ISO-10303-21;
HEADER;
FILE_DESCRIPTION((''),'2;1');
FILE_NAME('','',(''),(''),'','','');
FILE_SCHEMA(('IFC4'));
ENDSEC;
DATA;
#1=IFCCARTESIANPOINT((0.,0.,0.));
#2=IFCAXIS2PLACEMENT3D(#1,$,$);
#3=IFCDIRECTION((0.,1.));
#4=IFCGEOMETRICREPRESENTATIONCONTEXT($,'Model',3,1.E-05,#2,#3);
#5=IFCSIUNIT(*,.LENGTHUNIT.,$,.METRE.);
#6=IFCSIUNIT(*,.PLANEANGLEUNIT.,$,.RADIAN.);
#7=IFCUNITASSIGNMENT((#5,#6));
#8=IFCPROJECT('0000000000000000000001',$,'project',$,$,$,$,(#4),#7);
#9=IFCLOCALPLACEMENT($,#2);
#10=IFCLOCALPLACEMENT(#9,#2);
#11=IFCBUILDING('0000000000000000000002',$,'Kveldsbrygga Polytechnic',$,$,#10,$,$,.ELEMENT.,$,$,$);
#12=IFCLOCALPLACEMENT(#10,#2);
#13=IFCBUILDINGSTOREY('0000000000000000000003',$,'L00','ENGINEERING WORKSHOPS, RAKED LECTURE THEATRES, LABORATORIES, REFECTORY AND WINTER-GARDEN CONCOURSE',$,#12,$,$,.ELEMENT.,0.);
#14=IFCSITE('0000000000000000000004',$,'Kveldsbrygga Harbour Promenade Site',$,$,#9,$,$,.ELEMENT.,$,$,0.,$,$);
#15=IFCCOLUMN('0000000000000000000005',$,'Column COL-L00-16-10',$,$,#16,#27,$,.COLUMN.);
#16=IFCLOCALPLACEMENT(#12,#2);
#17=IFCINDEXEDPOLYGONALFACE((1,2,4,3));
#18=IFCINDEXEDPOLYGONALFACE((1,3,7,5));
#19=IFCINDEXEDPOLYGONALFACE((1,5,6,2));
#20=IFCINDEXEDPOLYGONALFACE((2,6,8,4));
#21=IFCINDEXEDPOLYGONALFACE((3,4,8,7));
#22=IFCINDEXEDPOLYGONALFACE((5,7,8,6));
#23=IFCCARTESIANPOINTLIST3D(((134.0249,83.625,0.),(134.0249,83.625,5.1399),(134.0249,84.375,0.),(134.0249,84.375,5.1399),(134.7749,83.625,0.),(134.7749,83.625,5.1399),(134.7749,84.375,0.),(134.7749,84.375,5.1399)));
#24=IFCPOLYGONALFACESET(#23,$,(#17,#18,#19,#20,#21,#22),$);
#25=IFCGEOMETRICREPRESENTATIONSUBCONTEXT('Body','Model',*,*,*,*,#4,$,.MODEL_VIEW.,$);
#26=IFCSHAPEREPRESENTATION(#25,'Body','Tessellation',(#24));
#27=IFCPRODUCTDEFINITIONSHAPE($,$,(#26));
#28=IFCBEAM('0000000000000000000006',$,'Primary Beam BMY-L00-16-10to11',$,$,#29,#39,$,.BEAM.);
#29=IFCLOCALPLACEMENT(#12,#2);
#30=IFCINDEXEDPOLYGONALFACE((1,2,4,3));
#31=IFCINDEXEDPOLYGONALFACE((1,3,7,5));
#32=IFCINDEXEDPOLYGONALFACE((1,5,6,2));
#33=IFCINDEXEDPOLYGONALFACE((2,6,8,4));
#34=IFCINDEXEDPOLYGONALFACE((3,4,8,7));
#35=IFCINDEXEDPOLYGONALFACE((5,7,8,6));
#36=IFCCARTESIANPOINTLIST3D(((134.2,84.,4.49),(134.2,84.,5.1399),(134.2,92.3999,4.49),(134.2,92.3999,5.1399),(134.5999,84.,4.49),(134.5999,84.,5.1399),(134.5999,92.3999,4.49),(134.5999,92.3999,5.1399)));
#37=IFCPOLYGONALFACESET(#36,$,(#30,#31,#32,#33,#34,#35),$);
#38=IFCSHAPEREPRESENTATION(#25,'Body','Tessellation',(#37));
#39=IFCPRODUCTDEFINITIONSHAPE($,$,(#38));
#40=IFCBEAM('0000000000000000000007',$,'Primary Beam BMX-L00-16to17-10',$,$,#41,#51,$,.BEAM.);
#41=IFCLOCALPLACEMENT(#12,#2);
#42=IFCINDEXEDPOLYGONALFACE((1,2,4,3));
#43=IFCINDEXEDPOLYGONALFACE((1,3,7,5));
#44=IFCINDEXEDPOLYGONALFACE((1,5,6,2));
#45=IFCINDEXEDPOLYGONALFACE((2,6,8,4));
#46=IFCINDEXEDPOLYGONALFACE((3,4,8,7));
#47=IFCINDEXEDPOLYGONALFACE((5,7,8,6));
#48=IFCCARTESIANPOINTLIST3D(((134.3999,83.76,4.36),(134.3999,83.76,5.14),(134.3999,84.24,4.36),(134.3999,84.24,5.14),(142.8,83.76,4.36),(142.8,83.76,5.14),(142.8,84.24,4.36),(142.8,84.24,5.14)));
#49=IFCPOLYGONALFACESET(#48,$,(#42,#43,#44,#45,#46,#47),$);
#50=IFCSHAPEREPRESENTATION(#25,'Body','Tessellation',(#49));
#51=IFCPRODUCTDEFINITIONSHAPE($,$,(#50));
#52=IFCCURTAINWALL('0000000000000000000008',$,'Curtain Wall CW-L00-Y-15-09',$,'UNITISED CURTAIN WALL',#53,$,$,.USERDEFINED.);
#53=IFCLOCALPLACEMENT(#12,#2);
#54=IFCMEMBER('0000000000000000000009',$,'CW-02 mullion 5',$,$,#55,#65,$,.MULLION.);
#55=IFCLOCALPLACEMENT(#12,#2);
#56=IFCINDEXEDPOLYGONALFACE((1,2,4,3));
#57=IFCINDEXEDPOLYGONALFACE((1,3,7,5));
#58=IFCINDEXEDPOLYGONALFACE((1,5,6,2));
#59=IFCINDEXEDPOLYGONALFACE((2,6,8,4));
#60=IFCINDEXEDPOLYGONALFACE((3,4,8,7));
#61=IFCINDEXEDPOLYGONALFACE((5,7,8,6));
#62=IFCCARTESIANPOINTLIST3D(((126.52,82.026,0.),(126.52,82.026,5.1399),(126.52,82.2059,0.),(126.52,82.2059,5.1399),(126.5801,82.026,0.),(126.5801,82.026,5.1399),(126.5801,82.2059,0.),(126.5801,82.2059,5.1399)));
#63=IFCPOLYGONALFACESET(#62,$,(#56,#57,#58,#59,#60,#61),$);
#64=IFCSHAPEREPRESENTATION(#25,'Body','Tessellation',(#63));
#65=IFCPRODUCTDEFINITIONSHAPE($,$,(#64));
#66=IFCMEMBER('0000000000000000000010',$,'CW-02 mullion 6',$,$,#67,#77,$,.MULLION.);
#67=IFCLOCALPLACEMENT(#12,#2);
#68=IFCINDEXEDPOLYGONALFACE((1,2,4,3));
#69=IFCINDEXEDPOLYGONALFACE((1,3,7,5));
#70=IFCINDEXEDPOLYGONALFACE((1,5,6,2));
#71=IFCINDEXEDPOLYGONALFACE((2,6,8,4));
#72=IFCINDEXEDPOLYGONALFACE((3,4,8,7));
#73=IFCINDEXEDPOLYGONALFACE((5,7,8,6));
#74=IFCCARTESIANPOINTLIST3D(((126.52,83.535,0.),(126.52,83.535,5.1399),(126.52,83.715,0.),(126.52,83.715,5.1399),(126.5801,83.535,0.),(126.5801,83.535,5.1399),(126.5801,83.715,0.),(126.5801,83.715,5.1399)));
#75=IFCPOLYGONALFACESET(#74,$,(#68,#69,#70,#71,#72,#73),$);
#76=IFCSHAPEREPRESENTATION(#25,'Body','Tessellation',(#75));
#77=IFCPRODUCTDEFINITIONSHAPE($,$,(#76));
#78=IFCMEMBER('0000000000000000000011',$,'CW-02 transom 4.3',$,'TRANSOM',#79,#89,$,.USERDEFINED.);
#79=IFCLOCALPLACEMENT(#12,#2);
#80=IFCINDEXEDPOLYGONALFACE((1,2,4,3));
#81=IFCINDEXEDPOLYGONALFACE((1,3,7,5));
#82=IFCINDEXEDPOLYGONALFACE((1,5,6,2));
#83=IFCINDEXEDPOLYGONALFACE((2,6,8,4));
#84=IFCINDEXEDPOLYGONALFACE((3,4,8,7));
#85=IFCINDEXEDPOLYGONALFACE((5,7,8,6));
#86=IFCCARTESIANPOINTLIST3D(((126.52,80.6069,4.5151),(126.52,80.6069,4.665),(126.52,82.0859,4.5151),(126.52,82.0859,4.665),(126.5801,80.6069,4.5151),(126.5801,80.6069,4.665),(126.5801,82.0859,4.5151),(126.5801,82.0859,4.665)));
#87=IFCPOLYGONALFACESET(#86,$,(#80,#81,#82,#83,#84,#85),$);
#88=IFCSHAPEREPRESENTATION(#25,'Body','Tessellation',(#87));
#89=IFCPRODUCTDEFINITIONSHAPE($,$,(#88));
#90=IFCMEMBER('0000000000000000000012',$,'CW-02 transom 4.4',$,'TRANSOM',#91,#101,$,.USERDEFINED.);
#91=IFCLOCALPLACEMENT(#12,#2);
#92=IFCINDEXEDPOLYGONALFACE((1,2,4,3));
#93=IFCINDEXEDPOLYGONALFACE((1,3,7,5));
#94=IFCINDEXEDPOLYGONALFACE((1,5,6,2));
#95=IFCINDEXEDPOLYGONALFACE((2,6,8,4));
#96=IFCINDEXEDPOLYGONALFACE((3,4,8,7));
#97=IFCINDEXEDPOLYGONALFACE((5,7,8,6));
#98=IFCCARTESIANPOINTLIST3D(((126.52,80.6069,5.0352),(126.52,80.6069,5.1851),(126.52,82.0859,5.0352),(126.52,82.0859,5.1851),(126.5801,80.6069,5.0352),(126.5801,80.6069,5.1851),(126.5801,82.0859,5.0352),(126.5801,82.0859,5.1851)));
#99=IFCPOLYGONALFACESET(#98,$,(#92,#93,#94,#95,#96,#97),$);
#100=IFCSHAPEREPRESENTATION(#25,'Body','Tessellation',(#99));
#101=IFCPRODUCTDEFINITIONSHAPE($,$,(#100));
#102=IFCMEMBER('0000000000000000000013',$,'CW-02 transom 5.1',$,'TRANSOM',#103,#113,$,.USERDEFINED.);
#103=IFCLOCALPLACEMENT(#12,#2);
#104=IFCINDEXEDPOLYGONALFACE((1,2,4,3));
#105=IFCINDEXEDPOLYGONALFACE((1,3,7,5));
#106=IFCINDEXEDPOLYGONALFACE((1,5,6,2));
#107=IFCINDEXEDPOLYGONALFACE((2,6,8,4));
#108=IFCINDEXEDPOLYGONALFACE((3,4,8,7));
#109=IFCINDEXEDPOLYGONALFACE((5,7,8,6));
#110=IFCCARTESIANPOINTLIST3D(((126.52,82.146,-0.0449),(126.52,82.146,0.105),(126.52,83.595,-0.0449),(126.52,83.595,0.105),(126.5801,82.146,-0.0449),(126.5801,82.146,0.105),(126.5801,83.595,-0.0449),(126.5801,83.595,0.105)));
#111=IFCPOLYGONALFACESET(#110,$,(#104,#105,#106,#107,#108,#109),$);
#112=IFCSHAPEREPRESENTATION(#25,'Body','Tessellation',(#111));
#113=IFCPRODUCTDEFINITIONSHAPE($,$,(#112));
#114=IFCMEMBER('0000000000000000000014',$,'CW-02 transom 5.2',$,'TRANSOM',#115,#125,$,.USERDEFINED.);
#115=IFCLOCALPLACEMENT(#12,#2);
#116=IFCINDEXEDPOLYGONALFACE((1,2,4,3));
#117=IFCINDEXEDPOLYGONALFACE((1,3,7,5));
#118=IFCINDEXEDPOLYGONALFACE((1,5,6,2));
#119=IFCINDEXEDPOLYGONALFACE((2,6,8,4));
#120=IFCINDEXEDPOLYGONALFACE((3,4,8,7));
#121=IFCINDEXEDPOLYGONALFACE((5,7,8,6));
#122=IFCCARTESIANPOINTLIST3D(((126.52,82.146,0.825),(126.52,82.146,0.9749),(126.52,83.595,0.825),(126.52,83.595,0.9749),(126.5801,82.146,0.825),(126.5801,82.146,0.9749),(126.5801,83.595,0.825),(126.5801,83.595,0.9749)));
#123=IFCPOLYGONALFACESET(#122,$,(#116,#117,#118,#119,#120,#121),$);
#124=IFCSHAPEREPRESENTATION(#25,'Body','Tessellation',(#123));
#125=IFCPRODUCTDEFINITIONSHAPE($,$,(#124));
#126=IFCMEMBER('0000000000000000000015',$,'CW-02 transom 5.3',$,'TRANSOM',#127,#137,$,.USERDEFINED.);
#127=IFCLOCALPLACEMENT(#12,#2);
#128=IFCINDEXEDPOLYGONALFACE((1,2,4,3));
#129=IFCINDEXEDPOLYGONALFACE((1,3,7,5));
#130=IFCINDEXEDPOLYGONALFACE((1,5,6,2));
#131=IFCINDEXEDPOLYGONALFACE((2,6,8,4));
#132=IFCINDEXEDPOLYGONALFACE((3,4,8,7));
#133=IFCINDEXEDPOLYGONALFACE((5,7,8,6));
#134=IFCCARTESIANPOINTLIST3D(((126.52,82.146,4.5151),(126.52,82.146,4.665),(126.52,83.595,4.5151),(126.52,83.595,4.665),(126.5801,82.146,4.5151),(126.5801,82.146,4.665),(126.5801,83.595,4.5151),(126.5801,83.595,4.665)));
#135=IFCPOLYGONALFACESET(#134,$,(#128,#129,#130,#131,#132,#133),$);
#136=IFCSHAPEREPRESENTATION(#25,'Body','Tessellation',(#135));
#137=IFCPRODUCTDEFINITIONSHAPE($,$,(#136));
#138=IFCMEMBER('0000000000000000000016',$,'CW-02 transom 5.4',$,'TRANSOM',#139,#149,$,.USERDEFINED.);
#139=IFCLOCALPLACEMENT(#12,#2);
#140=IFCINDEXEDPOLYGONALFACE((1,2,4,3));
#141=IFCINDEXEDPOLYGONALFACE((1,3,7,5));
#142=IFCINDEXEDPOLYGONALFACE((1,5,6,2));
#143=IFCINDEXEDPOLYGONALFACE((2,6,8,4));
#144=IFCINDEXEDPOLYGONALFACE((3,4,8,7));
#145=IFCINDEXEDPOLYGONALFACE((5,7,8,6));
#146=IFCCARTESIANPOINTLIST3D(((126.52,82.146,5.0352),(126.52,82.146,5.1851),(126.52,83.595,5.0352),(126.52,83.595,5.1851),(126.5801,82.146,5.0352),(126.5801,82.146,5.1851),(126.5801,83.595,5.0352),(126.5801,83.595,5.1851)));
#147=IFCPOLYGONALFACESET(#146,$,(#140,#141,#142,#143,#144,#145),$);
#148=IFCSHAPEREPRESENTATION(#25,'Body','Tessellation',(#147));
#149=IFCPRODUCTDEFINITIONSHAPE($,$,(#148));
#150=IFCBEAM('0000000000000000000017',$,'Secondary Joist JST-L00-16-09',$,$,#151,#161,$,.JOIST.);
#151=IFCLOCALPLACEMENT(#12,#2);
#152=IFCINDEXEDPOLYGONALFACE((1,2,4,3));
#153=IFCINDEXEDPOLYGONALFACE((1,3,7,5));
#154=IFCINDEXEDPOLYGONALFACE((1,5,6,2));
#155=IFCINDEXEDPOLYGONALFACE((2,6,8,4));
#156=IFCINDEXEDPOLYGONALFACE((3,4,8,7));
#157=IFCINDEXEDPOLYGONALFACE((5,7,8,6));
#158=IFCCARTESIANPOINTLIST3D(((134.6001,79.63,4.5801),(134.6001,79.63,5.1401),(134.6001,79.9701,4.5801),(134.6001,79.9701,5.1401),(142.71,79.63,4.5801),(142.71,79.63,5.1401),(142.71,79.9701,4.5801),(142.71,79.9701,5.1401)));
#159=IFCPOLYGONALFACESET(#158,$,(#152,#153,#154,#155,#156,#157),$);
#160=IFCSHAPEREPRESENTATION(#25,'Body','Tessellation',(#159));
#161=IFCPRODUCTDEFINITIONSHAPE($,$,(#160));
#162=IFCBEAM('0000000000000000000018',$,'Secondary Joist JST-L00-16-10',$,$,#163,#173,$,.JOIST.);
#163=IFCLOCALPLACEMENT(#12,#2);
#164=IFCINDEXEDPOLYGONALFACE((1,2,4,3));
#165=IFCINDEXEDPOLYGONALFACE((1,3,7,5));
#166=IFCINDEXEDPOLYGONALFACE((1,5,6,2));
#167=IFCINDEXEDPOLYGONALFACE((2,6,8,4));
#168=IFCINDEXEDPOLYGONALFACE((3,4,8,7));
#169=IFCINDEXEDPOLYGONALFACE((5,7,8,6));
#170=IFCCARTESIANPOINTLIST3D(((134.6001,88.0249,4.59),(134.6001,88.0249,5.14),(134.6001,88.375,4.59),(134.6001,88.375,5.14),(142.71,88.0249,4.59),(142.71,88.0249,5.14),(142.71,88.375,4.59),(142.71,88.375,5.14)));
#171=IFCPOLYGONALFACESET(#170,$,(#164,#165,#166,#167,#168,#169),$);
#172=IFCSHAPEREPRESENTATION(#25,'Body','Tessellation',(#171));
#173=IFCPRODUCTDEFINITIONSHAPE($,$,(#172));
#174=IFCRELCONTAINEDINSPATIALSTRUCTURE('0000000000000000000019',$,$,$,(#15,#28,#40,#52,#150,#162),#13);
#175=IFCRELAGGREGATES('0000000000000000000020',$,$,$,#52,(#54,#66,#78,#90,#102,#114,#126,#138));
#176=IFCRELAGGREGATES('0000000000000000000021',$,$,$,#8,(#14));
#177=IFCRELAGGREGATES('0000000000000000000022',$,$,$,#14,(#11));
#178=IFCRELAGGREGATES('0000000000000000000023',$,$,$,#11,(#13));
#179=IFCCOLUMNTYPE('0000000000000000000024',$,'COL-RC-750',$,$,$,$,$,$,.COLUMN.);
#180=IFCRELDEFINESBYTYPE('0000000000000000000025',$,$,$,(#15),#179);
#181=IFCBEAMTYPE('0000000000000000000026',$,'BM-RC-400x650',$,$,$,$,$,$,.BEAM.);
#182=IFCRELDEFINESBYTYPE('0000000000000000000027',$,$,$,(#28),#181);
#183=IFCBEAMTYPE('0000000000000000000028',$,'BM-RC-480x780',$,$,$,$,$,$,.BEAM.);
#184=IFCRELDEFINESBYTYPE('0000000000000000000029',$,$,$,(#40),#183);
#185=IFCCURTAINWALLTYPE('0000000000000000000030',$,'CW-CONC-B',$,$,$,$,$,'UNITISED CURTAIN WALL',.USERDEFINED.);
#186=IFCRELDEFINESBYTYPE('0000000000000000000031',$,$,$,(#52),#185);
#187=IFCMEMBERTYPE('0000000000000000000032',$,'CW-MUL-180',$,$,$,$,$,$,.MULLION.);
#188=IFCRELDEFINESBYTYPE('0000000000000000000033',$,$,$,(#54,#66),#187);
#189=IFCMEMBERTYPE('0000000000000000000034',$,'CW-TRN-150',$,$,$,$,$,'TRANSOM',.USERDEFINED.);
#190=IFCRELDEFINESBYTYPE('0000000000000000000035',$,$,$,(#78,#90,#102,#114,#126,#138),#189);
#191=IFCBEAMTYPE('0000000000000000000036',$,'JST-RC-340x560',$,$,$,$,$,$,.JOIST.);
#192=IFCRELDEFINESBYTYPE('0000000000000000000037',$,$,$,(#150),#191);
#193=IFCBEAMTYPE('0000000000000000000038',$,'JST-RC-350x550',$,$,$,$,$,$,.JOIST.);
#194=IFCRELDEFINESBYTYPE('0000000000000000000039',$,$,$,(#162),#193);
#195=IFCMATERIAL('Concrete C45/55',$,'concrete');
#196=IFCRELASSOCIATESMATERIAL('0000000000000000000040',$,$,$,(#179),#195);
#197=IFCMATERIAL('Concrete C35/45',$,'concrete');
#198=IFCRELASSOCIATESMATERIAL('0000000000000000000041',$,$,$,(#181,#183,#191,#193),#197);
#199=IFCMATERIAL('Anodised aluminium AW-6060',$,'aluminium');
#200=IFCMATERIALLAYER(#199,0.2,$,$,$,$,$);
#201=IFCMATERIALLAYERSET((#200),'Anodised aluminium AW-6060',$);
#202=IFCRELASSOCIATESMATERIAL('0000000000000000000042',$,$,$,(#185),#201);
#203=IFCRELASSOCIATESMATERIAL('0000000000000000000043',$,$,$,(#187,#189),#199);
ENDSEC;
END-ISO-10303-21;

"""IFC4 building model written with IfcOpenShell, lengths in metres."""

from ifc_helpers import new_model, si_unit, direction, frame, origin, origin_2d, place, context, subcontext, project, spatial, rectangle, extrude, material, layer, layer_set, material_profile, profile_set, type_object, element, aggregate, save


model = new_model("IFC4")

# Units and contexts
model_context = context("Model", 3, precision=1e-05, world=origin(), true_north=direction((0.0, 1.0)))
body_context = subcontext(model_context, "Body", "Model", "MODEL_VIEW")
ifc_project = project(units=[si_unit("LENGTHUNIT", "METRE"), si_unit("PLANEANGLEUNIT", "RADIAN")], contexts=[model_context])

# Site, building, storey
site_placement = place(None, origin())
site = spatial("IfcSite", under=ifc_project, at=site_placement, Name="Kveldsbrygga Harbour Promenade Site", CompositionType="ELEMENT", RefElevation=0.0)
building_placement = place(site_placement, origin())
building = spatial("IfcBuilding", under=site, at=building_placement, Name="Kveldsbrygga Polytechnic", CompositionType="ELEMENT")
storey_placement = place(building_placement, origin())
storey = spatial("IfcBuildingStorey", under=building, at=storey_placement, Name="L00", Description="ENGINEERING WORKSHOPS, RAKED LECTURE THEATRES, LABORATORIES, REFECTORY AND WINTER-GARDEN CONCOURSE", CompositionType="ELEMENT", Elevation=0.0)

# Column
ifc_material_1 = material(Name="Concrete C45/55", Category="concrete")
ifc_material_profile_1 = material_profile(ifc_material_1, rectangle(XDim=0.75, YDim=0.75, at=origin_2d()), Name="RC 750x750")
ifc_profile_set_1 = profile_set([ifc_material_profile_1], Name="Concrete C45/55")
column_type = type_object("IfcColumnType", Name="COL-RC-750", PredefinedType="COLUMN", material=ifc_profile_set_1)
column_placement = place(storey_placement, frame((134.3999, 84.0, 0.0), z_axis=(0.0, 0.0, 1.0), x_axis=(1.0, 0.0, 0.0)))
element("IfcColumn", 1, at=column_placement, inside=storey, type_object=column_type, Name="Column COL-L00-16-10", PredefinedType="COLUMN", context=body_context, shape_type="SweptSolid", body=[
    extrude(rectangle(XDim=0.75, YDim=0.75, at=origin_2d()), origin(), (0.0, 0.0, 1.0), 5.1399),
])

# Beams
ifc_material_2 = material(Name="Concrete C35/45", Category="concrete")
ifc_material_profile_2 = material_profile(ifc_material_2, rectangle(XDim=0.3999, YDim=0.6499, at=origin_2d()), Name="RC 400x650")
ifc_profile_set_2 = profile_set([ifc_material_profile_2], Name="Concrete C35/45")
beam_type_1 = type_object("IfcBeamType", Name="BM-RC-400x650", PredefinedType="BEAM", material=ifc_profile_set_2)
beam_1_placement = place(storey_placement, frame((134.3999, 84.0, 4.8149), z_axis=(0.0, 1.0, 0.0), x_axis=(-1.0, 0.0, 0.0)))
element("IfcBeam", 2, at=beam_1_placement, inside=storey, type_object=beam_type_1, Name="Primary Beam BMY-L00-16-10to11", PredefinedType="BEAM", context=body_context, shape_type="SweptSolid", body=[
    extrude(rectangle(XDim=0.3999, YDim=0.6499, at=origin_2d()), origin(), (0.0, 0.0, 1.0), 8.3999),
])
ifc_material_profile_3 = material_profile(ifc_material_2, rectangle(XDim=0.48, YDim=0.78, at=origin_2d()), Name="RC 480x780")
ifc_profile_set_3 = profile_set([ifc_material_profile_3], Name="Concrete C35/45")
beam_type_2 = type_object("IfcBeamType", Name="BM-RC-480x780", PredefinedType="BEAM", material=ifc_profile_set_3)
beam_2_placement = place(storey_placement, frame((134.3999, 84.0, 4.75), z_axis=(1.0, 0.0, 0.0), x_axis=(0.0, 1.0, 0.0)))
element("IfcBeam", 3, at=beam_2_placement, inside=storey, type_object=beam_type_2, Name="Primary Beam BMX-L00-16to17-10", PredefinedType="BEAM", context=body_context, shape_type="SweptSolid", body=[
    extrude(rectangle(XDim=0.48, YDim=0.78, at=origin_2d()), origin(), (0.0, 0.0, 1.0), 8.4001),
])

# Curtain wall, members
ifc_material_3 = material(Name="Anodised aluminium AW-6060", Category="aluminium")
ifc_layer_1 = layer(ifc_material_3, 0.2)
ifc_layer_set_1 = layer_set([ifc_layer_1], Name="Anodised aluminium AW-6060")
curtain_wall_type = type_object("IfcCurtainWallType", Name="CW-CONC-B", ElementType="UNITISED CURTAIN WALL", PredefinedType="USERDEFINED", material=ifc_layer_set_1)
curtain_wall_placement = place(storey_placement, origin())
curtain_wall = element("IfcCurtainWall", 4, at=curtain_wall_placement, inside=storey, type_object=curtain_wall_type, Name="Curtain Wall CW-L00-Y-15-09", ObjectType="UNITISED CURTAIN WALL", PredefinedType="USERDEFINED")
ifc_material_profile_4 = material_profile(ifc_material_3, rectangle(XDim=0.0601, YDim=0.1799, at=origin_2d()), Name="ALU 60x180")
ifc_profile_set_4 = profile_set([ifc_material_profile_4], Name="Anodised aluminium AW-6060")
member_type_1 = type_object("IfcMemberType", Name="CW-MUL-180", PredefinedType="MULLION", material=ifc_profile_set_4)
member_1_placement = place(storey_placement, frame((126.55, 82.116, 0.0), z_axis=(0.0, 0.0, 1.0), x_axis=(-1.0, 0.0, 0.0)))
member_1 = element("IfcMember", 5, at=member_1_placement, type_object=member_type_1, Name="CW-02 mullion 5", PredefinedType="MULLION", context=body_context, shape_type="SweptSolid", body=[
    extrude(rectangle(XDim=0.0601, YDim=0.1799, at=origin_2d()), origin(), (0.0, 0.0, 1.0), 5.1399),
])
member_2_placement = place(storey_placement, frame((126.55, 83.625, 0.0), z_axis=(0.0, 0.0, 1.0), x_axis=(-1.0, 0.0, 0.0)))
member_2 = element("IfcMember", 6, at=member_2_placement, type_object=member_type_1, Name="CW-02 mullion 6", PredefinedType="MULLION", context=body_context, shape_type="SweptSolid", body=[
    extrude(rectangle(XDim=0.0601, YDim=0.1799, at=origin_2d()), origin(), (0.0, 0.0, 1.0), 5.1399),
])
ifc_material_profile_5 = material_profile(ifc_material_3, rectangle(XDim=0.0601, YDim=0.1499, at=origin_2d()), Name="ALU 60x150")
ifc_profile_set_5 = profile_set([ifc_material_profile_5], Name="Anodised aluminium AW-6060")
member_type_2 = type_object("IfcMemberType", Name="CW-TRN-150", ElementType="TRANSOM", PredefinedType="USERDEFINED", material=ifc_profile_set_5)
member_3_placement = place(storey_placement, frame((126.55, 80.6069, 4.5901), z_axis=(0.0, 1.0, 0.0), x_axis=(-1.0, 0.0, 0.0)))
member_3 = element("IfcMember", 7, at=member_3_placement, type_object=member_type_2, Name="CW-02 transom 4.3", ObjectType="TRANSOM", PredefinedType="USERDEFINED", context=body_context, shape_type="SweptSolid", body=[
    extrude(rectangle(XDim=0.0601, YDim=0.1499, at=origin_2d()), origin(), (0.0, 0.0, 1.0), 1.479),
])
member_4_placement = place(storey_placement, frame((126.55, 80.6069, 5.1101), z_axis=(0.0, 1.0, 0.0), x_axis=(-1.0, 0.0, 0.0)))
member_4 = element("IfcMember", 8, at=member_4_placement, type_object=member_type_2, Name="CW-02 transom 4.4", ObjectType="TRANSOM", PredefinedType="USERDEFINED", context=body_context, shape_type="SweptSolid", body=[
    extrude(rectangle(XDim=0.0601, YDim=0.1499, at=origin_2d()), origin(), (0.0, 0.0, 1.0), 1.479),
])
member_5_placement = place(storey_placement, frame((126.55, 82.146, 0.03), z_axis=(0.0, 1.0, 0.0), x_axis=(-1.0, 0.0, 0.0)))
member_5 = element("IfcMember", 9, at=member_5_placement, type_object=member_type_2, Name="CW-02 transom 5.1", ObjectType="TRANSOM", PredefinedType="USERDEFINED", context=body_context, shape_type="SweptSolid", body=[
    extrude(rectangle(XDim=0.0601, YDim=0.1499, at=origin_2d()), origin(), (0.0, 0.0, 1.0), 1.449),
])
member_6_placement = place(storey_placement, frame((126.55, 82.146, 0.8999), z_axis=(0.0, 1.0, 0.0), x_axis=(-1.0, 0.0, 0.0)))
member_6 = element("IfcMember", 10, at=member_6_placement, type_object=member_type_2, Name="CW-02 transom 5.2", ObjectType="TRANSOM", PredefinedType="USERDEFINED", context=body_context, shape_type="SweptSolid", body=[
    extrude(rectangle(XDim=0.0601, YDim=0.1499, at=origin_2d()), origin(), (0.0, 0.0, 1.0), 1.449),
])
member_7_placement = place(storey_placement, frame((126.55, 82.146, 4.5901), z_axis=(0.0, 1.0, 0.0), x_axis=(-1.0, 0.0, 0.0)))
member_7 = element("IfcMember", 11, at=member_7_placement, type_object=member_type_2, Name="CW-02 transom 5.3", ObjectType="TRANSOM", PredefinedType="USERDEFINED", context=body_context, shape_type="SweptSolid", body=[
    extrude(rectangle(XDim=0.0601, YDim=0.1499, at=origin_2d()), origin(), (0.0, 0.0, 1.0), 1.449),
])
member_8_placement = place(storey_placement, frame((126.55, 82.146, 5.1101), z_axis=(0.0, 1.0, 0.0), x_axis=(-1.0, 0.0, 0.0)))
member_8 = element("IfcMember", 12, at=member_8_placement, type_object=member_type_2, Name="CW-02 transom 5.4", ObjectType="TRANSOM", PredefinedType="USERDEFINED", context=body_context, shape_type="SweptSolid", body=[
    extrude(rectangle(XDim=0.0601, YDim=0.1499, at=origin_2d()), origin(), (0.0, 0.0, 1.0), 1.449),
])

# Beams
ifc_material_profile_6 = material_profile(ifc_material_2, rectangle(XDim=0.3401, YDim=0.5601, at=origin_2d()), Name="RC 340x560")
ifc_profile_set_6 = profile_set([ifc_material_profile_6], Name="Concrete C35/45")
beam_type_3 = type_object("IfcBeamType", Name="JST-RC-340x560", PredefinedType="JOIST", material=ifc_profile_set_6)
beam_3_placement = place(storey_placement, frame((134.6001, 79.8, 4.8601), z_axis=(1.0, 0.0, 0.0), x_axis=(0.0, 1.0, 0.0)))
element("IfcBeam", 13, at=beam_3_placement, inside=storey, type_object=beam_type_3, Name="Secondary Joist JST-L00-16-09", PredefinedType="JOIST", context=body_context, shape_type="SweptSolid", body=[
    extrude(rectangle(XDim=0.3401, YDim=0.5601, at=origin_2d()), origin(), (0.0, 0.0, 1.0), 8.1099),
])
ifc_material_profile_7 = material_profile(ifc_material_2, rectangle(XDim=0.3501, YDim=0.55, at=origin_2d()), Name="RC 350x550")
ifc_profile_set_7 = profile_set([ifc_material_profile_7], Name="Concrete C35/45")
beam_type_4 = type_object("IfcBeamType", Name="JST-RC-350x550", PredefinedType="JOIST", material=ifc_profile_set_7)
beam_4_placement = place(storey_placement, frame((134.6001, 88.2, 4.865), z_axis=(1.0, 0.0, 0.0), x_axis=(0.0, 1.0, 0.0)))
element("IfcBeam", 14, at=beam_4_placement, inside=storey, type_object=beam_type_4, Name="Secondary Joist JST-L00-16-10", PredefinedType="JOIST", context=body_context, shape_type="SweptSolid", body=[
    extrude(rectangle(XDim=0.3501, YDim=0.55, at=origin_2d()), origin(), (0.0, 0.0, 1.0), 8.1099),
])

aggregate(curtain_wall, [member_1, member_2, member_3, member_4, member_5, member_6, member_7, member_8])

save(model, "model.ifc")
